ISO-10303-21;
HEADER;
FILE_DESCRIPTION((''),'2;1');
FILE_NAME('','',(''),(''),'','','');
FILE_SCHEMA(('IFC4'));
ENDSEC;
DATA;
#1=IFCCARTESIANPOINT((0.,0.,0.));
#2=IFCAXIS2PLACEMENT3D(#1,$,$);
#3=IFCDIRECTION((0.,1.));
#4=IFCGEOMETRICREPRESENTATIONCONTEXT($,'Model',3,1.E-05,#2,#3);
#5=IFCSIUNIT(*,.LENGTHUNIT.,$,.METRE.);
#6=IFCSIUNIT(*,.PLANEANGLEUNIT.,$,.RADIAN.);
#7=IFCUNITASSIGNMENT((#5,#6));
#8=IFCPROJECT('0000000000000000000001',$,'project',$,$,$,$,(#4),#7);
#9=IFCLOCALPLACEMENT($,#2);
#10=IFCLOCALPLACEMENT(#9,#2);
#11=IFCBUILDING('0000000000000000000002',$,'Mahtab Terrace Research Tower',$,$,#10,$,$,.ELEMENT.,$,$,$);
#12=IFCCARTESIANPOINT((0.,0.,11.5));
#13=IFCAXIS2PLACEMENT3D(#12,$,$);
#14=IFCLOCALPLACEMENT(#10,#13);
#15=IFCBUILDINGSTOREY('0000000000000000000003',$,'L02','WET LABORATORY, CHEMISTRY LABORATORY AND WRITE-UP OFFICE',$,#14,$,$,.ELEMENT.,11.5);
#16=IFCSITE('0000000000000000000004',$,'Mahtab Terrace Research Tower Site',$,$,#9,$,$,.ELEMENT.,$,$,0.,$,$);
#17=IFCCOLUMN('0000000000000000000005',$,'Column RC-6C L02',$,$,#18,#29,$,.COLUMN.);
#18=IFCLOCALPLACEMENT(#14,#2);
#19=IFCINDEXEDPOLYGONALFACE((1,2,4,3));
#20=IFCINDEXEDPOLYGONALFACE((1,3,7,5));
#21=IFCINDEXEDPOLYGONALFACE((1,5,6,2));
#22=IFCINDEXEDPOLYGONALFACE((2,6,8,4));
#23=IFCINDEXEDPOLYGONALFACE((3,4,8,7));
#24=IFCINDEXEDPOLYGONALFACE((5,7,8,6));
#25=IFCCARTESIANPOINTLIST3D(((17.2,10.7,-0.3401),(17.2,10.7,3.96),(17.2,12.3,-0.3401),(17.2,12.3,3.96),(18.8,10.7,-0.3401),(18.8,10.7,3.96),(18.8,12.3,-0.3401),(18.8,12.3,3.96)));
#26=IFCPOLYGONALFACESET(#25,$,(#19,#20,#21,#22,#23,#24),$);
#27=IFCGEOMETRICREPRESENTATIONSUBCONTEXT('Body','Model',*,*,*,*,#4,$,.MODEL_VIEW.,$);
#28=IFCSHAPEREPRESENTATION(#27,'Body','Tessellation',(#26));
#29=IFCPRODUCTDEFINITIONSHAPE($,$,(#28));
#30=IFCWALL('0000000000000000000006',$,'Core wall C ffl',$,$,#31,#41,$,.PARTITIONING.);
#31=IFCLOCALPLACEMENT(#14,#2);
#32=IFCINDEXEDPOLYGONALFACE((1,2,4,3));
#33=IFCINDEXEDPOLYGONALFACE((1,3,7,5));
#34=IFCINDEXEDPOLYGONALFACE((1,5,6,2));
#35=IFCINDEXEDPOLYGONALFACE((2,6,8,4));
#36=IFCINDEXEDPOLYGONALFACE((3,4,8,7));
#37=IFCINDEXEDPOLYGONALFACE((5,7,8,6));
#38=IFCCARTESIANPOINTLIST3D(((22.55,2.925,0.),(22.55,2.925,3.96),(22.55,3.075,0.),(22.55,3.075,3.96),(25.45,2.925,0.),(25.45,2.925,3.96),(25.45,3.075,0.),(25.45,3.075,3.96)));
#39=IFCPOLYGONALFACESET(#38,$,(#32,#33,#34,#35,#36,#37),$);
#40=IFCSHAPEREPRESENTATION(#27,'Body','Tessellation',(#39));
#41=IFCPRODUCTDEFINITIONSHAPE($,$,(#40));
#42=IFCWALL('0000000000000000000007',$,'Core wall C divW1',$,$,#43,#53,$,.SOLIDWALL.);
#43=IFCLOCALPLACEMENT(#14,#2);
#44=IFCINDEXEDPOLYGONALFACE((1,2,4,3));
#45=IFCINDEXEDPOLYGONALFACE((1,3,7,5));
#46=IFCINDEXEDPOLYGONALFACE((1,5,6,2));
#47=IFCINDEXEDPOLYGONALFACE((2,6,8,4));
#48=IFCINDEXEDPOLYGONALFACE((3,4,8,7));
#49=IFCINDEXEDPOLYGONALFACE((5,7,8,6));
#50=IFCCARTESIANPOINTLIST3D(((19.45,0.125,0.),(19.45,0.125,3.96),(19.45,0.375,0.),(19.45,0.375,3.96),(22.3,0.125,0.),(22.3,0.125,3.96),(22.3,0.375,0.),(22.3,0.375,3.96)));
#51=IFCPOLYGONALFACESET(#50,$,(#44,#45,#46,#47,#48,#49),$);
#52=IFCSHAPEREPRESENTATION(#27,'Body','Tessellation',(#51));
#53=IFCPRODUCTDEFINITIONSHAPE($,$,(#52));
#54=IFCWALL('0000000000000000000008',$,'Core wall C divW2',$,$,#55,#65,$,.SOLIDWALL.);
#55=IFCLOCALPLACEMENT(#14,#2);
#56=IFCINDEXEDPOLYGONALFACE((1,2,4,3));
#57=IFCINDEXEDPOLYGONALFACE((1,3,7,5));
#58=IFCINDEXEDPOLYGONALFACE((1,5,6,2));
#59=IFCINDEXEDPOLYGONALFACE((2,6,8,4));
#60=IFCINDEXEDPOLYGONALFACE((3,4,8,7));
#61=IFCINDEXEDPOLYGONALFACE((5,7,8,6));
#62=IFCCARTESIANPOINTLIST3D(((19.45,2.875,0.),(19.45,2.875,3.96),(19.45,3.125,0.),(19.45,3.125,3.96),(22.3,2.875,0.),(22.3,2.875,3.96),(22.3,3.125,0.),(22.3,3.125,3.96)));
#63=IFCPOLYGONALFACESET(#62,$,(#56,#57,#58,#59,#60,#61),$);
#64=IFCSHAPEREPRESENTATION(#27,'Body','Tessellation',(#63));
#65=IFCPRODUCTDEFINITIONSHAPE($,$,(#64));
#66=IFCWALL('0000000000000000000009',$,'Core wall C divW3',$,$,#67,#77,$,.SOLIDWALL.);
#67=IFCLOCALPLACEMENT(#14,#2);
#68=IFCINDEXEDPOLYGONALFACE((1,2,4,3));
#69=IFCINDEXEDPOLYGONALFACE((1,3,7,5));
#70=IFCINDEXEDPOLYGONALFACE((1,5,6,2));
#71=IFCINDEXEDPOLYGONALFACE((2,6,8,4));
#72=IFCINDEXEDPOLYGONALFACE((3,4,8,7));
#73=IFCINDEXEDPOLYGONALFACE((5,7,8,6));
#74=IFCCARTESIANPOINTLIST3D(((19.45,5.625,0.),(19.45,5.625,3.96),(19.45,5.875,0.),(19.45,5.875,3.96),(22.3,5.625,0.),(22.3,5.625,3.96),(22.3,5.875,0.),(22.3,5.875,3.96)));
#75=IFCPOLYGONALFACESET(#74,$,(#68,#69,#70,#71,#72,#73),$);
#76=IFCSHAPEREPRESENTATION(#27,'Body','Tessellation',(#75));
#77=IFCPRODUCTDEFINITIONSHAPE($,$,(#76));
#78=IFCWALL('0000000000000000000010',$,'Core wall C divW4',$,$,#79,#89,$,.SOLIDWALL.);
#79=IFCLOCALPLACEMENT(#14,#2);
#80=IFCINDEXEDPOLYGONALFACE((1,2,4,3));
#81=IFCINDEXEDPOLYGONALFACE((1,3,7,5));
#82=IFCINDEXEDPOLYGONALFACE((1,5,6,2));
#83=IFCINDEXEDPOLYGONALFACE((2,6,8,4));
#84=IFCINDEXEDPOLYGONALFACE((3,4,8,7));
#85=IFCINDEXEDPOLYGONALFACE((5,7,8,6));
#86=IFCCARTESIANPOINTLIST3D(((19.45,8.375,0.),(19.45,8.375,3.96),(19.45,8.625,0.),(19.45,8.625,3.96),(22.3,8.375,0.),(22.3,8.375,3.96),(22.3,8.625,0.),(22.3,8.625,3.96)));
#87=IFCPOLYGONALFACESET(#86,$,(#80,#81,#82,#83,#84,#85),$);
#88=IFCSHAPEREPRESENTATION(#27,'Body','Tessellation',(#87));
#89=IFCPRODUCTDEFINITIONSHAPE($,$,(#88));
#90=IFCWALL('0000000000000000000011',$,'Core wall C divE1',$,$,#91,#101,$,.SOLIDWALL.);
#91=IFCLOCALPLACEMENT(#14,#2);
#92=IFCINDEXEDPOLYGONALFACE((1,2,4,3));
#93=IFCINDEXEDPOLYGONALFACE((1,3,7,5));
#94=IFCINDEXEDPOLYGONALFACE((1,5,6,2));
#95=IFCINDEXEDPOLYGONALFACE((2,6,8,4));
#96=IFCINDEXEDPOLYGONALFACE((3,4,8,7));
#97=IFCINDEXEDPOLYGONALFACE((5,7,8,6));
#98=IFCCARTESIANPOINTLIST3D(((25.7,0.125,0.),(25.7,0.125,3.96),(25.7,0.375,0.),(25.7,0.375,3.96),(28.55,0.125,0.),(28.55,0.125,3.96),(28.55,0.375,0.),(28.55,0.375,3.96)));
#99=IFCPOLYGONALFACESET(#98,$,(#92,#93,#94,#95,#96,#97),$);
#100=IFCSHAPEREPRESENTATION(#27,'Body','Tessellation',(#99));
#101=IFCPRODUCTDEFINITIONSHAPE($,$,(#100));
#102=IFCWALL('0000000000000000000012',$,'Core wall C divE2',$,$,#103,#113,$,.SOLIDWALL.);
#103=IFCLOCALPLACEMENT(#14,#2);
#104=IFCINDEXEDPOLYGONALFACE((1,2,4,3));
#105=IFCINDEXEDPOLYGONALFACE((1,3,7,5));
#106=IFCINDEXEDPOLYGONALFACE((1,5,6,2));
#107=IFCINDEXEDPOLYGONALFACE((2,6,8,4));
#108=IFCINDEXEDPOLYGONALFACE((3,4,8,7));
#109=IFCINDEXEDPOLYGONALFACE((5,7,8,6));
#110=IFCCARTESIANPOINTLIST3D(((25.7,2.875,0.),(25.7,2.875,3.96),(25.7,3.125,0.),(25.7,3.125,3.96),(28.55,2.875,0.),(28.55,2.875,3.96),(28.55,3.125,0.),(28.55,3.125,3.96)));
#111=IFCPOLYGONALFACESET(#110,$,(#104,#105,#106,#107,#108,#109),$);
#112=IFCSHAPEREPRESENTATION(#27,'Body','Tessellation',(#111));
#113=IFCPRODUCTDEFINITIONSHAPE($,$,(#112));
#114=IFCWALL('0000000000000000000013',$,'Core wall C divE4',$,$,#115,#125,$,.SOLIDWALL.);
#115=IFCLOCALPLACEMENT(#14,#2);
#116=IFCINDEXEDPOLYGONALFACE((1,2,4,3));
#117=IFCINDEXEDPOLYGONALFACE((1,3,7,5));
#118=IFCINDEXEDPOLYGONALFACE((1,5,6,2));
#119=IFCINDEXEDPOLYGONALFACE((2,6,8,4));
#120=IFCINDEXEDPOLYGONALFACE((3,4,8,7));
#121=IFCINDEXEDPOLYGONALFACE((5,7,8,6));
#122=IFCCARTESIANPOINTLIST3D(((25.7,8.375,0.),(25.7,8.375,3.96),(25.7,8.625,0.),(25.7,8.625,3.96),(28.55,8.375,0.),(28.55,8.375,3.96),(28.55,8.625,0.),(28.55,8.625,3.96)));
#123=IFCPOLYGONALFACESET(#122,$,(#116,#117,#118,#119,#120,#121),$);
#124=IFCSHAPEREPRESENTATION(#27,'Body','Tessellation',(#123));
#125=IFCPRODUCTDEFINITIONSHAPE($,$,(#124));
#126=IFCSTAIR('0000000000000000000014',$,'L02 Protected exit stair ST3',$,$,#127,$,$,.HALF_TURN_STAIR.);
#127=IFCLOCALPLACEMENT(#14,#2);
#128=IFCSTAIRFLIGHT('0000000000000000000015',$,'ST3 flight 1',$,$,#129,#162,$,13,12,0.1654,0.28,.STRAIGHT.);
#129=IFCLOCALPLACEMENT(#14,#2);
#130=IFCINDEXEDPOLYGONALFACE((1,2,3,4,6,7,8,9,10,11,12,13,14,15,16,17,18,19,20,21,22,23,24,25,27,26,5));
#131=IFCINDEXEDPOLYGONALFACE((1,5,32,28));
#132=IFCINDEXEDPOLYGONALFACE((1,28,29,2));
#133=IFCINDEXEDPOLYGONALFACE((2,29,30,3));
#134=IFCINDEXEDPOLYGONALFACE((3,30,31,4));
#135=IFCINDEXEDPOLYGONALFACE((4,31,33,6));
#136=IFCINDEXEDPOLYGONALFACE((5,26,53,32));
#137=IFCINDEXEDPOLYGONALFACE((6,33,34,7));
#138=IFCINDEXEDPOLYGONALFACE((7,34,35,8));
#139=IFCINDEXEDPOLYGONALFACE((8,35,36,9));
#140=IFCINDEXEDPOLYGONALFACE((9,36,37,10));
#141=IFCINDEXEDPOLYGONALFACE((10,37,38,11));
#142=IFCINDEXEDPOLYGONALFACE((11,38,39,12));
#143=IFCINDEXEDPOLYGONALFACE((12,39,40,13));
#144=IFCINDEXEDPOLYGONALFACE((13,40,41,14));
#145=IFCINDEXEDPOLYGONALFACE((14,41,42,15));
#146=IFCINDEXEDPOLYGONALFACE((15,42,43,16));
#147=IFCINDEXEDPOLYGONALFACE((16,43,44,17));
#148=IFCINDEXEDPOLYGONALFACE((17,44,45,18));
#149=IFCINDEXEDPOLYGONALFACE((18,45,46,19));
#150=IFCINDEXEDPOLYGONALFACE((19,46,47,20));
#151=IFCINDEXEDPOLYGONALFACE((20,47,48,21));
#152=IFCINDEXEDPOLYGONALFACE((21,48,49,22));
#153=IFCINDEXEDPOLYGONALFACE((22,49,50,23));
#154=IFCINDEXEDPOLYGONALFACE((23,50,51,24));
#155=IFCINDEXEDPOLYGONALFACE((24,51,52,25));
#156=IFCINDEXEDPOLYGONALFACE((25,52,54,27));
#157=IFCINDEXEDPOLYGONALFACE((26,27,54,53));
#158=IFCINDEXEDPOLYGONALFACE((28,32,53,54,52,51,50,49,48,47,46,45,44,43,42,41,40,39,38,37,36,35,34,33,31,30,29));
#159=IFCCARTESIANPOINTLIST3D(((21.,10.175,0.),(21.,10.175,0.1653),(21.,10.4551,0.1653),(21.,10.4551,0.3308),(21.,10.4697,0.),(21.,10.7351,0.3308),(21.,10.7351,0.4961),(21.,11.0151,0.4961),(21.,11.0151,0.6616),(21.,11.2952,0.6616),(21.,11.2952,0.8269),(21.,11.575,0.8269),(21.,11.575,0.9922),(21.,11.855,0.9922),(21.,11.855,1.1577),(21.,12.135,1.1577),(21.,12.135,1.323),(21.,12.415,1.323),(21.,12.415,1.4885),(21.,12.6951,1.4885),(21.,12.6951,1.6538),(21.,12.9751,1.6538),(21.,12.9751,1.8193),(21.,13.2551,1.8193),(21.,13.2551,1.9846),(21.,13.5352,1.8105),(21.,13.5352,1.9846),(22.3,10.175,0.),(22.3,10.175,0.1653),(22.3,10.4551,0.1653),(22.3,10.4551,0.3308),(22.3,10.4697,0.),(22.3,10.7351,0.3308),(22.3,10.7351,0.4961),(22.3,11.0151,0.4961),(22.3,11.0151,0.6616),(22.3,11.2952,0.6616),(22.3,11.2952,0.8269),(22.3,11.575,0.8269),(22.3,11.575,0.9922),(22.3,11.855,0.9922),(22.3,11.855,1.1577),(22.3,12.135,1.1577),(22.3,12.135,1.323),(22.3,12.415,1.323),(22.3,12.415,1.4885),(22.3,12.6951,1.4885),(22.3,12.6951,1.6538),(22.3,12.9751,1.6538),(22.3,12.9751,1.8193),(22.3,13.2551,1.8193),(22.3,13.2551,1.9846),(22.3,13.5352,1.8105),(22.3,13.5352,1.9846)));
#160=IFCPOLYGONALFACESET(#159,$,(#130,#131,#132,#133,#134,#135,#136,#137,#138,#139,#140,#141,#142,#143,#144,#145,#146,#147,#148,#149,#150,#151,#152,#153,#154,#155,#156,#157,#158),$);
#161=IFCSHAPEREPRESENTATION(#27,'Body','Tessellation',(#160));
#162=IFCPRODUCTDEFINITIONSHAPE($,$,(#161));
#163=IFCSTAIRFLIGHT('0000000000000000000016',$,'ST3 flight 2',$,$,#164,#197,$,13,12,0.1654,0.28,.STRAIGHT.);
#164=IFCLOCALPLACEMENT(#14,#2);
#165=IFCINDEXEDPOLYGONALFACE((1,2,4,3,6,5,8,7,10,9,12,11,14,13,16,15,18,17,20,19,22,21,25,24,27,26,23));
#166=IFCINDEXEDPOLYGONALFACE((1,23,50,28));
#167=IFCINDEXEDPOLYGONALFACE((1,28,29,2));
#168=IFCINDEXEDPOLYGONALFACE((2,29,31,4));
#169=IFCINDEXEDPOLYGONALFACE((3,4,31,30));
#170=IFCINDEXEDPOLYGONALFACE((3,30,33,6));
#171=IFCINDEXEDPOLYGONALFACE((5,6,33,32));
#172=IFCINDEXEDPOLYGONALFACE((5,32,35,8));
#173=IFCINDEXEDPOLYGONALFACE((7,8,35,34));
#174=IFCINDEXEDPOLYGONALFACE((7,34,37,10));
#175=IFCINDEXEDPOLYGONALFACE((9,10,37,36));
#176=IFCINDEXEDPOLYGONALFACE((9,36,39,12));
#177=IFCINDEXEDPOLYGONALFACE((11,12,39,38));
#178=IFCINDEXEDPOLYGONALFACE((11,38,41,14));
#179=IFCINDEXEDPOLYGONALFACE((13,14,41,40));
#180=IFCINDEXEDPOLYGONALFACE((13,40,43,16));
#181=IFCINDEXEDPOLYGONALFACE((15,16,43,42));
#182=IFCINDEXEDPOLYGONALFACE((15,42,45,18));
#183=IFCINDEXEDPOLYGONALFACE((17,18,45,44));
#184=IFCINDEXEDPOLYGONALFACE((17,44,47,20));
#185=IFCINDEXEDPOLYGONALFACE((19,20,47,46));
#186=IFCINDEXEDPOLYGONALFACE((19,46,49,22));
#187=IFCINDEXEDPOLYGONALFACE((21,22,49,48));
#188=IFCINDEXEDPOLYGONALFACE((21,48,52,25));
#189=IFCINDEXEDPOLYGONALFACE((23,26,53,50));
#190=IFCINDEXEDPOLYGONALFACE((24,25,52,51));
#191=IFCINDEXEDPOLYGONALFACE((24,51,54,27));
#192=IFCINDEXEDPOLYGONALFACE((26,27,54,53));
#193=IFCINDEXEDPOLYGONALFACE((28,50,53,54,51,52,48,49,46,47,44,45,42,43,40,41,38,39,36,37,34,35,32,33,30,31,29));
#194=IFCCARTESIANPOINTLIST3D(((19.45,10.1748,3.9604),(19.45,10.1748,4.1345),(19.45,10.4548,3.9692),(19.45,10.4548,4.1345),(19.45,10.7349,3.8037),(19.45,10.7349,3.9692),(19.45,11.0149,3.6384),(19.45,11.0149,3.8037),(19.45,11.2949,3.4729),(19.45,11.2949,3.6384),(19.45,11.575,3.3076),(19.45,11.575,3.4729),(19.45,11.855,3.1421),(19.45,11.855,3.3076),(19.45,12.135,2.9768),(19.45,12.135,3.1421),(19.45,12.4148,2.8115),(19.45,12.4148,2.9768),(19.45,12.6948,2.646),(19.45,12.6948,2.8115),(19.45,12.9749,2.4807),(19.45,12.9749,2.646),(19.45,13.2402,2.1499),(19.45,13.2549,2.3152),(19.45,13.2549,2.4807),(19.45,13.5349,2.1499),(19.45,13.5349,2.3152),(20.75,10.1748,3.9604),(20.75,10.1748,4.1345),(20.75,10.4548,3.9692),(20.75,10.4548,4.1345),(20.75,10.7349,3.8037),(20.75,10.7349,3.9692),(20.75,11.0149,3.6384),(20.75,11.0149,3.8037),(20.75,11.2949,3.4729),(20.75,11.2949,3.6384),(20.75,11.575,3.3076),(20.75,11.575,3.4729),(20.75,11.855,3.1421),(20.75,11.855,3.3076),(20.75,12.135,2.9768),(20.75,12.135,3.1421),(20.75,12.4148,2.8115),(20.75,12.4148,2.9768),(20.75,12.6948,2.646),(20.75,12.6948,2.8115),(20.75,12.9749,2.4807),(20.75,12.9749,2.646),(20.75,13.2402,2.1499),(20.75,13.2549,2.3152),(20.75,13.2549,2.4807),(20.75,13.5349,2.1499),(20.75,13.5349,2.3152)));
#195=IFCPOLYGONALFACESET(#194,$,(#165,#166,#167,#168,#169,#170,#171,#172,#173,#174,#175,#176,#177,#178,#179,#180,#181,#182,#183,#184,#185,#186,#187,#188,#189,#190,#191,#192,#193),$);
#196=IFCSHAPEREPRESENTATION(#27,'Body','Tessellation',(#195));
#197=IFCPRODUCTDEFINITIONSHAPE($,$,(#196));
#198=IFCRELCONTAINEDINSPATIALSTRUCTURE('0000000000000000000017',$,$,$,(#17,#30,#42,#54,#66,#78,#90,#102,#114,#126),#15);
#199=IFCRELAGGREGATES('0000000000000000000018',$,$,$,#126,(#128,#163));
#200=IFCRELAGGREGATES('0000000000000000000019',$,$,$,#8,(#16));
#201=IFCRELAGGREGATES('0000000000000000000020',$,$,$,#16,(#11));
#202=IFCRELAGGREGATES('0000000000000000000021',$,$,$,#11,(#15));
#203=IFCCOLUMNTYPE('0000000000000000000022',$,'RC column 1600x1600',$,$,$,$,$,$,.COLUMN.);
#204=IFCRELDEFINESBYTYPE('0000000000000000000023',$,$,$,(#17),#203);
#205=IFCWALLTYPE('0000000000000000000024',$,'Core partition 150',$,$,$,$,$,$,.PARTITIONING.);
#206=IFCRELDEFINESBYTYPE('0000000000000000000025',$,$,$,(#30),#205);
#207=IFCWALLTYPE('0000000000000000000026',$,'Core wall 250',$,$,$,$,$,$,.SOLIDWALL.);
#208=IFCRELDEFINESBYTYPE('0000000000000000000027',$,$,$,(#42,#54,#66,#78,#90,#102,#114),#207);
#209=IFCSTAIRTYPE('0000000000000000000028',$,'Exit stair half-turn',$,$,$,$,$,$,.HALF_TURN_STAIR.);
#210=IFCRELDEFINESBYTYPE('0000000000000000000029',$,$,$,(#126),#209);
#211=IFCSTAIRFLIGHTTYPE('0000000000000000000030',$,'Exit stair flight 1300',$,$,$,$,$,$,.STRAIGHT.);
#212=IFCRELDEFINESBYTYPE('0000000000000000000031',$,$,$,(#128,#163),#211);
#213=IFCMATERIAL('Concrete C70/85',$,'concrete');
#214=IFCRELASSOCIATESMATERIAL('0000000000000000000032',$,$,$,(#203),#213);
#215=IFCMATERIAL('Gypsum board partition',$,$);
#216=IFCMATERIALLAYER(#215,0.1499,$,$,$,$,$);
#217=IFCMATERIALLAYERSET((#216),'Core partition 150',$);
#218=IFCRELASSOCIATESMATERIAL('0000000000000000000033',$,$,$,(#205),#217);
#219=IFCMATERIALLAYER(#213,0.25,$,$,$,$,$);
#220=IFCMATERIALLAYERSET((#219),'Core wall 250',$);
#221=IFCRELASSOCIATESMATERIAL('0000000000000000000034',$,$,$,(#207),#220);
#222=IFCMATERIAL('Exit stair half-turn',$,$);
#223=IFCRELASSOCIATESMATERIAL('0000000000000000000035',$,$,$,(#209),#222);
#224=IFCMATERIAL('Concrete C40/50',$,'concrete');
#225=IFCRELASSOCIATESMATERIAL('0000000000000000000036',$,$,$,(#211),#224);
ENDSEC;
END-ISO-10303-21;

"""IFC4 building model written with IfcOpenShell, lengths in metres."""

from ifc_helpers import new_model, si_unit, direction, frame, frame_2d, origin, origin_2d, place, context, subcontext, project, spatial, polyline, rectangle, outline, extrude, material, layer, layer_set, material_profile, profile_set, type_object, element, aggregate, save


model = new_model("IFC4")

# Units and contexts
model_context = context("Model", 3, precision=1e-05, world=origin(), true_north=direction((0.0, 1.0)))
body_context = subcontext(model_context, "Body", "Model", "MODEL_VIEW")
ifc_project = project(units=[si_unit("LENGTHUNIT", "METRE"), si_unit("PLANEANGLEUNIT", "RADIAN")], contexts=[model_context])

# Site, building, storey
site_placement = place(None, origin())
site = spatial("IfcSite", under=ifc_project, at=site_placement, Name="Mahtab Terrace Research Tower Site", CompositionType="ELEMENT", RefElevation=0.0)
building_placement = place(site_placement, origin())
building = spatial("IfcBuilding", under=site, at=building_placement, Name="Mahtab Terrace Research Tower", CompositionType="ELEMENT")
storey_placement = place(building_placement, frame((0.0, 0.0, 11.5)))
storey = spatial("IfcBuildingStorey", under=building, at=storey_placement, Name="L02", Description="WET LABORATORY, CHEMISTRY LABORATORY AND WRITE-UP OFFICE", CompositionType="ELEMENT", Elevation=11.5)

# Column
ifc_material_1 = material(Name="Concrete C70/85", Category="concrete")
ifc_material_profile = material_profile(ifc_material_1, rectangle(XDim=1.6001, YDim=1.6001, at=origin_2d()), Name="RC column 1600x1600")
ifc_profile_set = profile_set([ifc_material_profile], Name="Concrete C70/85")
column_type = type_object("IfcColumnType", Name="RC column 1600x1600", PredefinedType="COLUMN", material=ifc_profile_set)
column_placement = place(storey_placement, frame((18.0, 11.5, -0.3401), z_axis=(0.0, 0.0, 1.0), x_axis=(1.0, 0.0, 0.0)))
element("IfcColumn", 1, at=column_placement, inside=storey, type_object=column_type, Name="Column RC-6C L02", PredefinedType="COLUMN", context=body_context, shape_type="SweptSolid", body=[
    extrude(rectangle(XDim=1.6001, YDim=1.6001, at=origin_2d()), origin(), (0.0, 0.0, 1.0), 4.3),
])

# Walls
ifc_material_2 = material(Name="Gypsum board partition")
ifc_layer_1 = layer(ifc_material_2, 0.1499)
ifc_layer_set_1 = layer_set([ifc_layer_1], Name="Core partition 150")
wall_type_1 = type_object("IfcWallType", Name="Core partition 150", PredefinedType="PARTITIONING", material=ifc_layer_set_1)
wall_placement = place(storey_placement, frame((22.55, 3.0, 0.0), z_axis=(0.0, 0.0, 1.0), x_axis=(1.0, 0.0, 0.0)))
element("IfcWall", 2, at=wall_placement, inside=storey, type_object=wall_type_1, Name="Core wall C ffl", PredefinedType="PARTITIONING", context=body_context, shape_type="SweptSolid", body=[
    extrude(rectangle(XDim=2.8999, YDim=0.1499, at=frame_2d((1.45, 0.0))), origin(), (0.0, 0.0, 1.0), 3.96),
])
ifc_layer_2 = layer(ifc_material_1, 0.25)
ifc_layer_set_2 = layer_set([ifc_layer_2], Name="Core wall 250")
wall_type_2 = type_object("IfcWallType", Name="Core wall 250", PredefinedType="SOLIDWALL", material=ifc_layer_set_2)
for number, where, z_axis, x_axis, name in (
    (3, (19.45, 0.25, 0.0), (0.0, 0.0, 1.0), (1.0, 0.0, 0.0), "Core wall C divW1"),
    (4, (19.45, 3.0, 0.0), (0.0, 0.0, 1.0), (1.0, 0.0, 0.0), "Core wall C divW2"),
    (5, (19.45, 5.75, 0.0), (0.0, 0.0, 1.0), (1.0, 0.0, 0.0), "Core wall C divW3"),
    (6, (19.45, 8.5, 0.0), (0.0, 0.0, 1.0), (1.0, 0.0, 0.0), "Core wall C divW4"),
    (7, (25.7, 0.25, 0.0), (0.0, 0.0, 1.0), (1.0, 0.0, 0.0), "Core wall C divE1"),
    (8, (25.7, 3.0, 0.0), (0.0, 0.0, 1.0), (1.0, 0.0, 0.0), "Core wall C divE2"),
    (9, (25.7, 8.5, 0.0), (0.0, 0.0, 1.0), (1.0, 0.0, 0.0), "Core wall C divE4"),
):
    element("IfcWall", number, at=place(storey_placement, frame(where, z_axis=z_axis, x_axis=x_axis)), inside=storey, type_object=wall_type_2, Name=name, PredefinedType="SOLIDWALL", context=body_context, shape_type="SweptSolid", body=[
        extrude(rectangle(XDim=2.8501, YDim=0.25, at=frame_2d((1.425, 0.0))), origin(), (0.0, 0.0, 1.0), 3.96),
    ])

# Stair, stair flights
ifc_material_3 = material(Name="Exit stair half-turn")
stair_type = type_object("IfcStairType", Name="Exit stair half-turn", PredefinedType="HALF_TURN_STAIR", material=ifc_material_3)
stair_placement = place(storey_placement, origin())
stair = element("IfcStair", 10, at=stair_placement, inside=storey, type_object=stair_type, Name="L02 Protected exit stair ST3", PredefinedType="HALF_TURN_STAIR")
ifc_material_4 = material(Name="Concrete C40/50", Category="concrete")
stair_flight_type = type_object("IfcStairFlightType", Name="Exit stair flight 1300", PredefinedType="STRAIGHT", material=ifc_material_4)
stair_flight_1_placement = place(storey_placement, frame((21.6499, 10.175, 0.0), z_axis=(0.0, 0.0, 1.0), x_axis=(0.0, 1.0, 0.0)))
stair_flight_1 = element("IfcStairFlight", 11, at=stair_flight_1_placement, type_object=stair_flight_type, Name="ST3 flight 1", NumberOfRisers=13, NumberOfTreads=12, PredefinedType="STRAIGHT", RiserHeight=0.1654, TreadLength=0.28, context=body_context, shape_type="SweptSolid", body=[
    extrude(outline(polyline([(0.0, 0.0), (0.0, 0.1653), (0.28, 0.1653), (0.28, 0.3308), (0.5601, 0.3308), (0.5601, 0.4961), (0.8401, 0.4961), (0.8401, 0.6616), (1.1201, 0.6616), (1.1201, 0.8269), (1.3999, 0.8269), (1.3999, 0.9922), (1.6799, 0.9922), (1.6799, 1.1577), (1.96, 1.1577), (1.96, 1.323), (2.24, 1.323), (2.24, 1.4885), (2.52, 1.4885), (2.52, 1.6538), (2.8, 1.6538), (2.8, 1.8193), (3.0801, 1.8193), (3.0801, 1.9846), (3.3601, 1.9846), (3.3601, 2.1499), (3.3601, 1.8105), (0.2947, 0.0), (0.0, 0.0)])), frame((0.0, 0.6499, 0.0), z_axis=(0.0, -1.0, 0.0), x_axis=(1.0, 0.0, 0.0)), (0.0, 0.0, 1.0), 1.3),
])
stair_flight_2_placement = place(storey_placement, frame((20.1001, 13.5349, 2.1499), z_axis=(0.0, 0.0, 1.0), x_axis=(0.0, -1.0, 0.0)))
stair_flight_2 = element("IfcStairFlight", 12, at=stair_flight_2_placement, type_object=stair_flight_type, Name="ST3 flight 2", NumberOfRisers=13, NumberOfTreads=12, PredefinedType="STRAIGHT", RiserHeight=0.1654, TreadLength=0.28, context=body_context, shape_type="SweptSolid", body=[
    extrude(outline(polyline([(0.0, 0.0), (0.0, 0.1653), (0.28, 0.1653), (0.28, 0.3308), (0.5601, 0.3308), (0.5601, 0.4961), (0.8401, 0.4961), (0.8401, 0.6616), (1.1201, 0.6616), (1.1201, 0.8269), (1.3999, 0.8269), (1.3999, 0.9922), (1.6799, 0.9922), (1.6799, 1.1577), (1.96, 1.1577), (1.96, 1.323), (2.24, 1.323), (2.24, 1.4885), (2.52, 1.4885), (2.52, 1.6538), (2.8, 1.6538), (2.8, 1.8193), (3.0801, 1.8193), (3.0801, 1.9846), (3.3601, 1.9846), (3.3601, 2.1499), (3.3601, 1.8105), (0.2947, 0.0), (0.0, 0.0)])), frame((0.0, 0.6499, 0.0), z_axis=(0.0, -1.0, 0.0), x_axis=(1.0, 0.0, 0.0)), (0.0, 0.0, 1.0), 1.3),
])
aggregate(stair, [stair_flight_1, stair_flight_2])

save(model, "model.ifc")
